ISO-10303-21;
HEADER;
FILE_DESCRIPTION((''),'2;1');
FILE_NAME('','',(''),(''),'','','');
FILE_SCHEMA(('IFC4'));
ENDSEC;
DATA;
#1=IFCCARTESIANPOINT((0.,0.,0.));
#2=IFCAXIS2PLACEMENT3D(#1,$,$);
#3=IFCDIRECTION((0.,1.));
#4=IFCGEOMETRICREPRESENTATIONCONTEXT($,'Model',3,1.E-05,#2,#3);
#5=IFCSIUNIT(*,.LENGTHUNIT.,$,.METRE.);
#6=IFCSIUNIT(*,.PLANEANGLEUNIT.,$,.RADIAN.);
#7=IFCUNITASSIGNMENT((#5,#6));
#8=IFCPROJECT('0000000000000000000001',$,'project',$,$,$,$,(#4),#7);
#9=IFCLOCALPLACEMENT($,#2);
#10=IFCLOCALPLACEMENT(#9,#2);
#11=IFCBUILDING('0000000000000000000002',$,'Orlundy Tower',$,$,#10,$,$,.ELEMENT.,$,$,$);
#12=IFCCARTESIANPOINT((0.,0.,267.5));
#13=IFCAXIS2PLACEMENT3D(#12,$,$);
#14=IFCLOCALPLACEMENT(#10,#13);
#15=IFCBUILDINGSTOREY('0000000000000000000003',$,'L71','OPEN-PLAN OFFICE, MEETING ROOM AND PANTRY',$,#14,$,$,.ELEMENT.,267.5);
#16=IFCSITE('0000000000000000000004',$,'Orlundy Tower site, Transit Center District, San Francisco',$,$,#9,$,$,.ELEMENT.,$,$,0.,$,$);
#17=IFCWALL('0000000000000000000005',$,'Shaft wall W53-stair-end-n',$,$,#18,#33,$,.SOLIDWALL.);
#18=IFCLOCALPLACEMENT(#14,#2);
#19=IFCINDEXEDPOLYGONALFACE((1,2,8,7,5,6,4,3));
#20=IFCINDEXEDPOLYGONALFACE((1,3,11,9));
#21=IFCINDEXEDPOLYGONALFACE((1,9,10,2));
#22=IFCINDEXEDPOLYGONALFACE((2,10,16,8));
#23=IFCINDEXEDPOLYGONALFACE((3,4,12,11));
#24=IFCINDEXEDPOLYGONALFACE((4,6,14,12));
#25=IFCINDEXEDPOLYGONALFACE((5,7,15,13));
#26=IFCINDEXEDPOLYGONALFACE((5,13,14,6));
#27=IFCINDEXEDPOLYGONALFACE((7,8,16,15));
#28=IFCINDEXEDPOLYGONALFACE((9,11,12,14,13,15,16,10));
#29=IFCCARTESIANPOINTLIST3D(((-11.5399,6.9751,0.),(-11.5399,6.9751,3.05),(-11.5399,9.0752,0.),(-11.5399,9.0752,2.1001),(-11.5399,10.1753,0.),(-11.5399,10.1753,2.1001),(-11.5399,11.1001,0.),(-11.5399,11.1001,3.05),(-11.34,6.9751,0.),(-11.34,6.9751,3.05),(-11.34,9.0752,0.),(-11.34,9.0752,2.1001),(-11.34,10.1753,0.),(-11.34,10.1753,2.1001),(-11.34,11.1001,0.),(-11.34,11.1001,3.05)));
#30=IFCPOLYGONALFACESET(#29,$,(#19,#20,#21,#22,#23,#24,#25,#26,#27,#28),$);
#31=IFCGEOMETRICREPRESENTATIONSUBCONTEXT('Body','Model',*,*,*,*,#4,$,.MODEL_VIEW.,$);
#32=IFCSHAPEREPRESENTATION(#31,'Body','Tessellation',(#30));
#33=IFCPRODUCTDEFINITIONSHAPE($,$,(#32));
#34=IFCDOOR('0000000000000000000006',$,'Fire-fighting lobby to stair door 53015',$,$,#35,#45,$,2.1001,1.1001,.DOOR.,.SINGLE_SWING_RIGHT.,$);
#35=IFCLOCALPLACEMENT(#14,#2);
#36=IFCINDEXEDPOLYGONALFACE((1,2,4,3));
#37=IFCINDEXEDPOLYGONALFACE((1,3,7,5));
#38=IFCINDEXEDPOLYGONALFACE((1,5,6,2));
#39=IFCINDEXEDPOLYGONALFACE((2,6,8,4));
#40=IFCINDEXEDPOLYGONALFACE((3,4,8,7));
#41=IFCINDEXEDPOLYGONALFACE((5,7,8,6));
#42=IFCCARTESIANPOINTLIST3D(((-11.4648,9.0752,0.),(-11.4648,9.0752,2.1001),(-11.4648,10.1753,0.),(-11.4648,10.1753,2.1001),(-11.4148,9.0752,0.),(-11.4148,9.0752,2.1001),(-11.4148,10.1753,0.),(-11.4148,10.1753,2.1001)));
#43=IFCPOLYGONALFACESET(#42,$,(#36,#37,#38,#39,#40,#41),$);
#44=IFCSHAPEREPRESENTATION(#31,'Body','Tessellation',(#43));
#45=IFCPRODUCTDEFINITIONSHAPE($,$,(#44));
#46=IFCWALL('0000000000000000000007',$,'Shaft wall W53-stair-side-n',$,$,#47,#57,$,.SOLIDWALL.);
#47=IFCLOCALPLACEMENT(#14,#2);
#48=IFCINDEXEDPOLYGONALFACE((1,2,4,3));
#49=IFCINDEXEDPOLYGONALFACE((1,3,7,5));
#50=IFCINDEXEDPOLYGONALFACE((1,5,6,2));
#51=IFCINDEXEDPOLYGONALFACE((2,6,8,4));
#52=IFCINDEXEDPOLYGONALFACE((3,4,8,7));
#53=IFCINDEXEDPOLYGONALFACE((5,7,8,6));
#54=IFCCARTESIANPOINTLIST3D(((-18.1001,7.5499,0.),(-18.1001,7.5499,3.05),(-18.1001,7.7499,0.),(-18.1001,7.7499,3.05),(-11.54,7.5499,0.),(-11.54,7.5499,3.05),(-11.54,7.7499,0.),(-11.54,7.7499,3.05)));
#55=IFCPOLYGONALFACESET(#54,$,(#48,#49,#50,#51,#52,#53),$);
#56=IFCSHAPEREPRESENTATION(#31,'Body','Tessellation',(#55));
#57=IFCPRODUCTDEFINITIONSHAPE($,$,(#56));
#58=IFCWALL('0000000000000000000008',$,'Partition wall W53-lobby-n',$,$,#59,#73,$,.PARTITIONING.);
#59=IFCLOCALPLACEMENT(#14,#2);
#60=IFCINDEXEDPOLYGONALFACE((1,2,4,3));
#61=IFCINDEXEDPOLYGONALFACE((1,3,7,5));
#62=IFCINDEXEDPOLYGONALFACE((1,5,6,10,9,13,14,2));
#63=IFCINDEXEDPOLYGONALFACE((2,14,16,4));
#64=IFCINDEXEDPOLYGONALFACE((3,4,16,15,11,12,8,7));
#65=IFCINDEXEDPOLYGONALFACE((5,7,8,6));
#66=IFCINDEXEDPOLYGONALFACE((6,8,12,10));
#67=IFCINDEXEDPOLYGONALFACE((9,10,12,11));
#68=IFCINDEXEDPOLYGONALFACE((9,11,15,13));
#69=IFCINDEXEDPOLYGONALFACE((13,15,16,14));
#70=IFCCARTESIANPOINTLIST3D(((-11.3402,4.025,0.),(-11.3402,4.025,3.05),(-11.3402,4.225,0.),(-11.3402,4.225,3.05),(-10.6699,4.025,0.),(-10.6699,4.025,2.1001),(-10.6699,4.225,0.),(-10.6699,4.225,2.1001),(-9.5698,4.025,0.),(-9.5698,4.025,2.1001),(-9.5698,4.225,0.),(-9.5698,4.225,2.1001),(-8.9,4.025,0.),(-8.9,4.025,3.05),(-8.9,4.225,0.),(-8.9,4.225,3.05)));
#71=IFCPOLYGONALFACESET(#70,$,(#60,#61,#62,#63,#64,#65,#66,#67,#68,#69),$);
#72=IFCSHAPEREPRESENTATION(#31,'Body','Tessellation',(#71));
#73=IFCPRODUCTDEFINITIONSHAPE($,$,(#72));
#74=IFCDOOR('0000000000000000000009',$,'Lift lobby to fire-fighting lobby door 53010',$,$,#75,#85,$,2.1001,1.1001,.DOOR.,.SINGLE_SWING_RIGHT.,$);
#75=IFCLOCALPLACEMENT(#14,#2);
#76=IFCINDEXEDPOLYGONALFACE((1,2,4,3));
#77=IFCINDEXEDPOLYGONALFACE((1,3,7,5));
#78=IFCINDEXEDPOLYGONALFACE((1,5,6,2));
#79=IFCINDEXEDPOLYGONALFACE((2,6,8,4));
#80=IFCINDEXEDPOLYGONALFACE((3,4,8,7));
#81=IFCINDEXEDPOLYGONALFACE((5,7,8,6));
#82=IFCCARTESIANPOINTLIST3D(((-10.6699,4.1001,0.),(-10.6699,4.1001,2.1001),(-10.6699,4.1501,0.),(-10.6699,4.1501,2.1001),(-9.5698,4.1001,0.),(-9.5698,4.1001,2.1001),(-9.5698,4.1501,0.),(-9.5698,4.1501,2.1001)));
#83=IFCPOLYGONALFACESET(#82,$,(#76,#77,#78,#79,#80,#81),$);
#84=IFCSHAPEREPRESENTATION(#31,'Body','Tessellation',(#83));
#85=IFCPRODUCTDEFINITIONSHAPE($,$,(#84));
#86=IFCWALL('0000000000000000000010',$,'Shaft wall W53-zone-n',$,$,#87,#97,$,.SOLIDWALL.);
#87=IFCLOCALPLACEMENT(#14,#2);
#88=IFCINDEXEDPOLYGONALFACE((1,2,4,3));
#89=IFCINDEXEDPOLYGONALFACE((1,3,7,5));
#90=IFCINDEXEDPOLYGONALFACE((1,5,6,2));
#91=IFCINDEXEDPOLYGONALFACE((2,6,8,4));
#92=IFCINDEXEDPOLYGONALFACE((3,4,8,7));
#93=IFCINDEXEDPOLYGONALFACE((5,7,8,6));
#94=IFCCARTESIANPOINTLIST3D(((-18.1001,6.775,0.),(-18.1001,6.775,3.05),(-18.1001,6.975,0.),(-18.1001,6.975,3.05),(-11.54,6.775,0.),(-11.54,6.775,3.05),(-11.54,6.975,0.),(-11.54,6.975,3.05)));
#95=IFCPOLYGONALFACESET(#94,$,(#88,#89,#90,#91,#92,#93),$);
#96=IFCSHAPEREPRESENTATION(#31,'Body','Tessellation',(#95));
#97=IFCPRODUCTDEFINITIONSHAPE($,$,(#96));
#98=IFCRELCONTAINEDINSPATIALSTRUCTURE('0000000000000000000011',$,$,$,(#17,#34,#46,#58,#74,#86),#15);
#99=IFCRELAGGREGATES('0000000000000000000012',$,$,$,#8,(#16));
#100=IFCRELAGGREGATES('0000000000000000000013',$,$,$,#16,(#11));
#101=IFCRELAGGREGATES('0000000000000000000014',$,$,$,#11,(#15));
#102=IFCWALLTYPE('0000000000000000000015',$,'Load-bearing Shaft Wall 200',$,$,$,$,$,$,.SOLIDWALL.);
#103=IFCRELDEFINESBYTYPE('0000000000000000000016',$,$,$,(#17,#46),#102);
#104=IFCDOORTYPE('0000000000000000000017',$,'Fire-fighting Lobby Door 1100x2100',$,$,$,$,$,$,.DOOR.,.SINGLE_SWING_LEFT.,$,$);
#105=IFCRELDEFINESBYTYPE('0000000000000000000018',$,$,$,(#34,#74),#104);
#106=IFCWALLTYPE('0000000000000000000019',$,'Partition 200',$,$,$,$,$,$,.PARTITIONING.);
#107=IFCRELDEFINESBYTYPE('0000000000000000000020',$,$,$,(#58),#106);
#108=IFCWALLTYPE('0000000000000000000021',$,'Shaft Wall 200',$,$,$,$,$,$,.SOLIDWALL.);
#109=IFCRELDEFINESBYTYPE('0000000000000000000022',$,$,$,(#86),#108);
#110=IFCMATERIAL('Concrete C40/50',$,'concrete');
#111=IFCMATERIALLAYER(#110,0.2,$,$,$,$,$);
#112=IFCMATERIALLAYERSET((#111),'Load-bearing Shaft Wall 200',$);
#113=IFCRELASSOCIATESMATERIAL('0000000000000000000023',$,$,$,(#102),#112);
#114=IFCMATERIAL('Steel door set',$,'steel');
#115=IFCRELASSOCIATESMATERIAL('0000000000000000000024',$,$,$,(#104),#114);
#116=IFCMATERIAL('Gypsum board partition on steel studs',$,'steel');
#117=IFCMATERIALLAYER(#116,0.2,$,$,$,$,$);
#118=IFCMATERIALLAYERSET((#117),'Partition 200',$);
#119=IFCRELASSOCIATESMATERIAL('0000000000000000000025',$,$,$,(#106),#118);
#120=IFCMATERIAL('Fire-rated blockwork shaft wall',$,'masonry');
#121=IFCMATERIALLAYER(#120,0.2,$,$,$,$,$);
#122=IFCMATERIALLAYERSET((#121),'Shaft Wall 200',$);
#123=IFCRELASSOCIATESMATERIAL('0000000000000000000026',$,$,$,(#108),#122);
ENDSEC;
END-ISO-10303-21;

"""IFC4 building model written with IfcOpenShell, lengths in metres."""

from ifc_helpers import new_model, si_unit, direction, frame, frame_2d, origin, place, context, subcontext, project, spatial, rectangle, extrude, material, layer, layer_set, type_object, element, fill, save


model = new_model("IFC4")

# Units and contexts
model_context = context("Model", 3, precision=1e-05, world=origin(), true_north=direction((0.0, 1.0)))
body_context = subcontext(model_context, "Body", "Model", "MODEL_VIEW")
ifc_project = project(units=[si_unit("LENGTHUNIT", "METRE"), si_unit("PLANEANGLEUNIT", "RADIAN")], contexts=[model_context])

# Site, building, storey
site_placement = place(None, origin())
site = spatial("IfcSite", under=ifc_project, at=site_placement, Name="Orlundy Tower site, Transit Center District, San Francisco", CompositionType="ELEMENT", RefElevation=0.0)
building_placement = place(site_placement, origin())
building = spatial("IfcBuilding", under=site, at=building_placement, Name="Orlundy Tower", CompositionType="ELEMENT")
storey_placement = place(building_placement, frame((0.0, 0.0, 267.5)))
storey = spatial("IfcBuildingStorey", under=building, at=storey_placement, Name="L71", Description="OPEN-PLAN OFFICE, MEETING ROOM AND PANTRY", CompositionType="ELEMENT", Elevation=267.5)

# Wall, opening, door
ifc_material_1 = material(Name="Concrete C40/50", Category="concrete")
ifc_layer_1 = layer(ifc_material_1, 0.2)
ifc_layer_set_1 = layer_set([ifc_layer_1], Name="Load-bearing Shaft Wall 200")
wall_type_1 = type_object("IfcWallType", Name="Load-bearing Shaft Wall 200", PredefinedType="SOLIDWALL", material=ifc_layer_set_1)
wall_1_placement = place(storey_placement, frame((-11.4399, 6.9751, 0.0), z_axis=(0.0, 0.0, 1.0), x_axis=(0.0, 1.0, 0.0)))
wall_1 = element("IfcWall", 1, at=wall_1_placement, inside=storey, type_object=wall_type_1, Name="Shaft wall W53-stair-end-n", PredefinedType="SOLIDWALL", context=body_context, shape_type="SweptSolid", body=[
    extrude(rectangle(XDim=4.125, YDim=0.2, at=frame_2d((2.0625, 0.0))), origin(), (0.0, 0.0, 1.0), 3.05),
])
opening_1_placement = place(wall_1_placement, frame((2.1001, 0.0, 0.0)))
opening_1 = element("IfcOpeningElement", 2, at=opening_1_placement, cuts=wall_1, PredefinedType="OPENING", context=body_context, shape_type="SweptSolid", body=[
    extrude(rectangle(XDim=1.1001, YDim=2.1001, at=frame_2d((0.55, 1.05))), frame((0.0, 0.1101, 0.0), z_axis=(0.0, -1.0, 0.0), x_axis=(1.0, 0.0, 0.0)), (0.0, 0.0, 1.0), 0.2202),
])
ifc_material_2 = material(Name="Steel door set", Category="steel")
door_type = type_object("IfcDoorType", Name="Fire-fighting Lobby Door 1100x2100", OperationType="SINGLE_SWING_LEFT", PredefinedType="DOOR", material=ifc_material_2)
door_1_placement = place(opening_1_placement, origin())
door_1 = element("IfcDoor", 3, at=door_1_placement, inside=storey, type_object=door_type, Name="Fire-fighting lobby to stair door 53015", OperationType="SINGLE_SWING_RIGHT", OverallHeight=2.1001, OverallWidth=1.1001, PredefinedType="DOOR", context=body_context, shape_type="SweptSolid", body=[
    extrude(rectangle(XDim=1.1001, YDim=2.1001, at=frame_2d((0.55, 1.05))), frame((0.0, 0.0249, 0.0), z_axis=(0.0, -1.0, 0.0), x_axis=(1.0, 0.0, 0.0)), (0.0, 0.0, 1.0), 0.05),
])
fill(opening_1, door_1)

# Wall
wall_2_placement = place(storey_placement, frame((-11.54, 7.6499, 0.0), z_axis=(0.0, 0.0, 1.0), x_axis=(-1.0, 0.0, 0.0)))
element("IfcWall", 4, at=wall_2_placement, inside=storey, type_object=wall_type_1, Name="Shaft wall W53-stair-side-n", PredefinedType="SOLIDWALL", context=body_context, shape_type="SweptSolid", body=[
    extrude(rectangle(XDim=6.5601, YDim=0.2, at=frame_2d((3.28, 0.0))), origin(), (0.0, 0.0, 1.0), 3.05),
])

# Wall, opening, door
ifc_material_3 = material(Name="Gypsum board partition on steel studs", Category="steel")
ifc_layer_2 = layer(ifc_material_3, 0.2)
ifc_layer_set_2 = layer_set([ifc_layer_2], Name="Partition 200")
wall_type_2 = type_object("IfcWallType", Name="Partition 200", PredefinedType="PARTITIONING", material=ifc_layer_set_2)
wall_3_placement = place(storey_placement, frame((-8.8999, 4.125, 0.0), z_axis=(0.0, 0.0, 1.0), x_axis=(-1.0, 0.0, 0.0)))
wall_3 = element("IfcWall", 5, at=wall_3_placement, inside=storey, type_object=wall_type_2, Name="Partition wall W53-lobby-n", PredefinedType="PARTITIONING", context=body_context, shape_type="SweptSolid", body=[
    extrude(rectangle(XDim=2.4402, YDim=0.2, at=frame_2d((1.2202, 0.0))), origin(), (0.0, 0.0, 1.0), 3.05),
])
opening_2_placement = place(wall_3_placement, frame((0.6699, 0.0, 0.0)))
opening_2 = element("IfcOpeningElement", 6, at=opening_2_placement, cuts=wall_3, PredefinedType="OPENING", context=body_context, shape_type="SweptSolid", body=[
    extrude(rectangle(XDim=1.1001, YDim=2.1001, at=frame_2d((0.55, 1.05))), frame((0.0, 0.1101, 0.0), z_axis=(0.0, -1.0, 0.0), x_axis=(1.0, 0.0, 0.0)), (0.0, 0.0, 1.0), 0.2202),
])
door_2_placement = place(opening_2_placement, origin())
door_2 = element("IfcDoor", 7, at=door_2_placement, inside=storey, type_object=door_type, Name="Lift lobby to fire-fighting lobby door 53010", OperationType="SINGLE_SWING_RIGHT", OverallHeight=2.1001, OverallWidth=1.1001, PredefinedType="DOOR", context=body_context, shape_type="SweptSolid", body=[
    extrude(rectangle(XDim=1.1001, YDim=2.1001, at=frame_2d((0.55, 1.05))), frame((0.0, 0.0249, 0.0), z_axis=(0.0, -1.0, 0.0), x_axis=(1.0, 0.0, 0.0)), (0.0, 0.0, 1.0), 0.05),
])
fill(opening_2, door_2)

# Wall
ifc_material_4 = material(Name="Fire-rated blockwork shaft wall", Category="masonry")
ifc_layer_3 = layer(ifc_material_4, 0.2)
ifc_layer_set_3 = layer_set([ifc_layer_3], Name="Shaft Wall 200")
wall_type_3 = type_object("IfcWallType", Name="Shaft Wall 200", PredefinedType="SOLIDWALL", material=ifc_layer_set_3)
wall_4_placement = place(storey_placement, frame((-11.54, 6.875, 0.0), z_axis=(0.0, 0.0, 1.0), x_axis=(-1.0, 0.0, 0.0)))
element("IfcWall", 8, at=wall_4_placement, inside=storey, type_object=wall_type_3, Name="Shaft wall W53-zone-n", PredefinedType="SOLIDWALL", context=body_context, shape_type="SweptSolid", body=[
    extrude(rectangle(XDim=6.5601, YDim=0.2, at=frame_2d((3.28, 0.0))), origin(), (0.0, 0.0, 1.0), 3.05),
])

save(model, "model.ifc")
